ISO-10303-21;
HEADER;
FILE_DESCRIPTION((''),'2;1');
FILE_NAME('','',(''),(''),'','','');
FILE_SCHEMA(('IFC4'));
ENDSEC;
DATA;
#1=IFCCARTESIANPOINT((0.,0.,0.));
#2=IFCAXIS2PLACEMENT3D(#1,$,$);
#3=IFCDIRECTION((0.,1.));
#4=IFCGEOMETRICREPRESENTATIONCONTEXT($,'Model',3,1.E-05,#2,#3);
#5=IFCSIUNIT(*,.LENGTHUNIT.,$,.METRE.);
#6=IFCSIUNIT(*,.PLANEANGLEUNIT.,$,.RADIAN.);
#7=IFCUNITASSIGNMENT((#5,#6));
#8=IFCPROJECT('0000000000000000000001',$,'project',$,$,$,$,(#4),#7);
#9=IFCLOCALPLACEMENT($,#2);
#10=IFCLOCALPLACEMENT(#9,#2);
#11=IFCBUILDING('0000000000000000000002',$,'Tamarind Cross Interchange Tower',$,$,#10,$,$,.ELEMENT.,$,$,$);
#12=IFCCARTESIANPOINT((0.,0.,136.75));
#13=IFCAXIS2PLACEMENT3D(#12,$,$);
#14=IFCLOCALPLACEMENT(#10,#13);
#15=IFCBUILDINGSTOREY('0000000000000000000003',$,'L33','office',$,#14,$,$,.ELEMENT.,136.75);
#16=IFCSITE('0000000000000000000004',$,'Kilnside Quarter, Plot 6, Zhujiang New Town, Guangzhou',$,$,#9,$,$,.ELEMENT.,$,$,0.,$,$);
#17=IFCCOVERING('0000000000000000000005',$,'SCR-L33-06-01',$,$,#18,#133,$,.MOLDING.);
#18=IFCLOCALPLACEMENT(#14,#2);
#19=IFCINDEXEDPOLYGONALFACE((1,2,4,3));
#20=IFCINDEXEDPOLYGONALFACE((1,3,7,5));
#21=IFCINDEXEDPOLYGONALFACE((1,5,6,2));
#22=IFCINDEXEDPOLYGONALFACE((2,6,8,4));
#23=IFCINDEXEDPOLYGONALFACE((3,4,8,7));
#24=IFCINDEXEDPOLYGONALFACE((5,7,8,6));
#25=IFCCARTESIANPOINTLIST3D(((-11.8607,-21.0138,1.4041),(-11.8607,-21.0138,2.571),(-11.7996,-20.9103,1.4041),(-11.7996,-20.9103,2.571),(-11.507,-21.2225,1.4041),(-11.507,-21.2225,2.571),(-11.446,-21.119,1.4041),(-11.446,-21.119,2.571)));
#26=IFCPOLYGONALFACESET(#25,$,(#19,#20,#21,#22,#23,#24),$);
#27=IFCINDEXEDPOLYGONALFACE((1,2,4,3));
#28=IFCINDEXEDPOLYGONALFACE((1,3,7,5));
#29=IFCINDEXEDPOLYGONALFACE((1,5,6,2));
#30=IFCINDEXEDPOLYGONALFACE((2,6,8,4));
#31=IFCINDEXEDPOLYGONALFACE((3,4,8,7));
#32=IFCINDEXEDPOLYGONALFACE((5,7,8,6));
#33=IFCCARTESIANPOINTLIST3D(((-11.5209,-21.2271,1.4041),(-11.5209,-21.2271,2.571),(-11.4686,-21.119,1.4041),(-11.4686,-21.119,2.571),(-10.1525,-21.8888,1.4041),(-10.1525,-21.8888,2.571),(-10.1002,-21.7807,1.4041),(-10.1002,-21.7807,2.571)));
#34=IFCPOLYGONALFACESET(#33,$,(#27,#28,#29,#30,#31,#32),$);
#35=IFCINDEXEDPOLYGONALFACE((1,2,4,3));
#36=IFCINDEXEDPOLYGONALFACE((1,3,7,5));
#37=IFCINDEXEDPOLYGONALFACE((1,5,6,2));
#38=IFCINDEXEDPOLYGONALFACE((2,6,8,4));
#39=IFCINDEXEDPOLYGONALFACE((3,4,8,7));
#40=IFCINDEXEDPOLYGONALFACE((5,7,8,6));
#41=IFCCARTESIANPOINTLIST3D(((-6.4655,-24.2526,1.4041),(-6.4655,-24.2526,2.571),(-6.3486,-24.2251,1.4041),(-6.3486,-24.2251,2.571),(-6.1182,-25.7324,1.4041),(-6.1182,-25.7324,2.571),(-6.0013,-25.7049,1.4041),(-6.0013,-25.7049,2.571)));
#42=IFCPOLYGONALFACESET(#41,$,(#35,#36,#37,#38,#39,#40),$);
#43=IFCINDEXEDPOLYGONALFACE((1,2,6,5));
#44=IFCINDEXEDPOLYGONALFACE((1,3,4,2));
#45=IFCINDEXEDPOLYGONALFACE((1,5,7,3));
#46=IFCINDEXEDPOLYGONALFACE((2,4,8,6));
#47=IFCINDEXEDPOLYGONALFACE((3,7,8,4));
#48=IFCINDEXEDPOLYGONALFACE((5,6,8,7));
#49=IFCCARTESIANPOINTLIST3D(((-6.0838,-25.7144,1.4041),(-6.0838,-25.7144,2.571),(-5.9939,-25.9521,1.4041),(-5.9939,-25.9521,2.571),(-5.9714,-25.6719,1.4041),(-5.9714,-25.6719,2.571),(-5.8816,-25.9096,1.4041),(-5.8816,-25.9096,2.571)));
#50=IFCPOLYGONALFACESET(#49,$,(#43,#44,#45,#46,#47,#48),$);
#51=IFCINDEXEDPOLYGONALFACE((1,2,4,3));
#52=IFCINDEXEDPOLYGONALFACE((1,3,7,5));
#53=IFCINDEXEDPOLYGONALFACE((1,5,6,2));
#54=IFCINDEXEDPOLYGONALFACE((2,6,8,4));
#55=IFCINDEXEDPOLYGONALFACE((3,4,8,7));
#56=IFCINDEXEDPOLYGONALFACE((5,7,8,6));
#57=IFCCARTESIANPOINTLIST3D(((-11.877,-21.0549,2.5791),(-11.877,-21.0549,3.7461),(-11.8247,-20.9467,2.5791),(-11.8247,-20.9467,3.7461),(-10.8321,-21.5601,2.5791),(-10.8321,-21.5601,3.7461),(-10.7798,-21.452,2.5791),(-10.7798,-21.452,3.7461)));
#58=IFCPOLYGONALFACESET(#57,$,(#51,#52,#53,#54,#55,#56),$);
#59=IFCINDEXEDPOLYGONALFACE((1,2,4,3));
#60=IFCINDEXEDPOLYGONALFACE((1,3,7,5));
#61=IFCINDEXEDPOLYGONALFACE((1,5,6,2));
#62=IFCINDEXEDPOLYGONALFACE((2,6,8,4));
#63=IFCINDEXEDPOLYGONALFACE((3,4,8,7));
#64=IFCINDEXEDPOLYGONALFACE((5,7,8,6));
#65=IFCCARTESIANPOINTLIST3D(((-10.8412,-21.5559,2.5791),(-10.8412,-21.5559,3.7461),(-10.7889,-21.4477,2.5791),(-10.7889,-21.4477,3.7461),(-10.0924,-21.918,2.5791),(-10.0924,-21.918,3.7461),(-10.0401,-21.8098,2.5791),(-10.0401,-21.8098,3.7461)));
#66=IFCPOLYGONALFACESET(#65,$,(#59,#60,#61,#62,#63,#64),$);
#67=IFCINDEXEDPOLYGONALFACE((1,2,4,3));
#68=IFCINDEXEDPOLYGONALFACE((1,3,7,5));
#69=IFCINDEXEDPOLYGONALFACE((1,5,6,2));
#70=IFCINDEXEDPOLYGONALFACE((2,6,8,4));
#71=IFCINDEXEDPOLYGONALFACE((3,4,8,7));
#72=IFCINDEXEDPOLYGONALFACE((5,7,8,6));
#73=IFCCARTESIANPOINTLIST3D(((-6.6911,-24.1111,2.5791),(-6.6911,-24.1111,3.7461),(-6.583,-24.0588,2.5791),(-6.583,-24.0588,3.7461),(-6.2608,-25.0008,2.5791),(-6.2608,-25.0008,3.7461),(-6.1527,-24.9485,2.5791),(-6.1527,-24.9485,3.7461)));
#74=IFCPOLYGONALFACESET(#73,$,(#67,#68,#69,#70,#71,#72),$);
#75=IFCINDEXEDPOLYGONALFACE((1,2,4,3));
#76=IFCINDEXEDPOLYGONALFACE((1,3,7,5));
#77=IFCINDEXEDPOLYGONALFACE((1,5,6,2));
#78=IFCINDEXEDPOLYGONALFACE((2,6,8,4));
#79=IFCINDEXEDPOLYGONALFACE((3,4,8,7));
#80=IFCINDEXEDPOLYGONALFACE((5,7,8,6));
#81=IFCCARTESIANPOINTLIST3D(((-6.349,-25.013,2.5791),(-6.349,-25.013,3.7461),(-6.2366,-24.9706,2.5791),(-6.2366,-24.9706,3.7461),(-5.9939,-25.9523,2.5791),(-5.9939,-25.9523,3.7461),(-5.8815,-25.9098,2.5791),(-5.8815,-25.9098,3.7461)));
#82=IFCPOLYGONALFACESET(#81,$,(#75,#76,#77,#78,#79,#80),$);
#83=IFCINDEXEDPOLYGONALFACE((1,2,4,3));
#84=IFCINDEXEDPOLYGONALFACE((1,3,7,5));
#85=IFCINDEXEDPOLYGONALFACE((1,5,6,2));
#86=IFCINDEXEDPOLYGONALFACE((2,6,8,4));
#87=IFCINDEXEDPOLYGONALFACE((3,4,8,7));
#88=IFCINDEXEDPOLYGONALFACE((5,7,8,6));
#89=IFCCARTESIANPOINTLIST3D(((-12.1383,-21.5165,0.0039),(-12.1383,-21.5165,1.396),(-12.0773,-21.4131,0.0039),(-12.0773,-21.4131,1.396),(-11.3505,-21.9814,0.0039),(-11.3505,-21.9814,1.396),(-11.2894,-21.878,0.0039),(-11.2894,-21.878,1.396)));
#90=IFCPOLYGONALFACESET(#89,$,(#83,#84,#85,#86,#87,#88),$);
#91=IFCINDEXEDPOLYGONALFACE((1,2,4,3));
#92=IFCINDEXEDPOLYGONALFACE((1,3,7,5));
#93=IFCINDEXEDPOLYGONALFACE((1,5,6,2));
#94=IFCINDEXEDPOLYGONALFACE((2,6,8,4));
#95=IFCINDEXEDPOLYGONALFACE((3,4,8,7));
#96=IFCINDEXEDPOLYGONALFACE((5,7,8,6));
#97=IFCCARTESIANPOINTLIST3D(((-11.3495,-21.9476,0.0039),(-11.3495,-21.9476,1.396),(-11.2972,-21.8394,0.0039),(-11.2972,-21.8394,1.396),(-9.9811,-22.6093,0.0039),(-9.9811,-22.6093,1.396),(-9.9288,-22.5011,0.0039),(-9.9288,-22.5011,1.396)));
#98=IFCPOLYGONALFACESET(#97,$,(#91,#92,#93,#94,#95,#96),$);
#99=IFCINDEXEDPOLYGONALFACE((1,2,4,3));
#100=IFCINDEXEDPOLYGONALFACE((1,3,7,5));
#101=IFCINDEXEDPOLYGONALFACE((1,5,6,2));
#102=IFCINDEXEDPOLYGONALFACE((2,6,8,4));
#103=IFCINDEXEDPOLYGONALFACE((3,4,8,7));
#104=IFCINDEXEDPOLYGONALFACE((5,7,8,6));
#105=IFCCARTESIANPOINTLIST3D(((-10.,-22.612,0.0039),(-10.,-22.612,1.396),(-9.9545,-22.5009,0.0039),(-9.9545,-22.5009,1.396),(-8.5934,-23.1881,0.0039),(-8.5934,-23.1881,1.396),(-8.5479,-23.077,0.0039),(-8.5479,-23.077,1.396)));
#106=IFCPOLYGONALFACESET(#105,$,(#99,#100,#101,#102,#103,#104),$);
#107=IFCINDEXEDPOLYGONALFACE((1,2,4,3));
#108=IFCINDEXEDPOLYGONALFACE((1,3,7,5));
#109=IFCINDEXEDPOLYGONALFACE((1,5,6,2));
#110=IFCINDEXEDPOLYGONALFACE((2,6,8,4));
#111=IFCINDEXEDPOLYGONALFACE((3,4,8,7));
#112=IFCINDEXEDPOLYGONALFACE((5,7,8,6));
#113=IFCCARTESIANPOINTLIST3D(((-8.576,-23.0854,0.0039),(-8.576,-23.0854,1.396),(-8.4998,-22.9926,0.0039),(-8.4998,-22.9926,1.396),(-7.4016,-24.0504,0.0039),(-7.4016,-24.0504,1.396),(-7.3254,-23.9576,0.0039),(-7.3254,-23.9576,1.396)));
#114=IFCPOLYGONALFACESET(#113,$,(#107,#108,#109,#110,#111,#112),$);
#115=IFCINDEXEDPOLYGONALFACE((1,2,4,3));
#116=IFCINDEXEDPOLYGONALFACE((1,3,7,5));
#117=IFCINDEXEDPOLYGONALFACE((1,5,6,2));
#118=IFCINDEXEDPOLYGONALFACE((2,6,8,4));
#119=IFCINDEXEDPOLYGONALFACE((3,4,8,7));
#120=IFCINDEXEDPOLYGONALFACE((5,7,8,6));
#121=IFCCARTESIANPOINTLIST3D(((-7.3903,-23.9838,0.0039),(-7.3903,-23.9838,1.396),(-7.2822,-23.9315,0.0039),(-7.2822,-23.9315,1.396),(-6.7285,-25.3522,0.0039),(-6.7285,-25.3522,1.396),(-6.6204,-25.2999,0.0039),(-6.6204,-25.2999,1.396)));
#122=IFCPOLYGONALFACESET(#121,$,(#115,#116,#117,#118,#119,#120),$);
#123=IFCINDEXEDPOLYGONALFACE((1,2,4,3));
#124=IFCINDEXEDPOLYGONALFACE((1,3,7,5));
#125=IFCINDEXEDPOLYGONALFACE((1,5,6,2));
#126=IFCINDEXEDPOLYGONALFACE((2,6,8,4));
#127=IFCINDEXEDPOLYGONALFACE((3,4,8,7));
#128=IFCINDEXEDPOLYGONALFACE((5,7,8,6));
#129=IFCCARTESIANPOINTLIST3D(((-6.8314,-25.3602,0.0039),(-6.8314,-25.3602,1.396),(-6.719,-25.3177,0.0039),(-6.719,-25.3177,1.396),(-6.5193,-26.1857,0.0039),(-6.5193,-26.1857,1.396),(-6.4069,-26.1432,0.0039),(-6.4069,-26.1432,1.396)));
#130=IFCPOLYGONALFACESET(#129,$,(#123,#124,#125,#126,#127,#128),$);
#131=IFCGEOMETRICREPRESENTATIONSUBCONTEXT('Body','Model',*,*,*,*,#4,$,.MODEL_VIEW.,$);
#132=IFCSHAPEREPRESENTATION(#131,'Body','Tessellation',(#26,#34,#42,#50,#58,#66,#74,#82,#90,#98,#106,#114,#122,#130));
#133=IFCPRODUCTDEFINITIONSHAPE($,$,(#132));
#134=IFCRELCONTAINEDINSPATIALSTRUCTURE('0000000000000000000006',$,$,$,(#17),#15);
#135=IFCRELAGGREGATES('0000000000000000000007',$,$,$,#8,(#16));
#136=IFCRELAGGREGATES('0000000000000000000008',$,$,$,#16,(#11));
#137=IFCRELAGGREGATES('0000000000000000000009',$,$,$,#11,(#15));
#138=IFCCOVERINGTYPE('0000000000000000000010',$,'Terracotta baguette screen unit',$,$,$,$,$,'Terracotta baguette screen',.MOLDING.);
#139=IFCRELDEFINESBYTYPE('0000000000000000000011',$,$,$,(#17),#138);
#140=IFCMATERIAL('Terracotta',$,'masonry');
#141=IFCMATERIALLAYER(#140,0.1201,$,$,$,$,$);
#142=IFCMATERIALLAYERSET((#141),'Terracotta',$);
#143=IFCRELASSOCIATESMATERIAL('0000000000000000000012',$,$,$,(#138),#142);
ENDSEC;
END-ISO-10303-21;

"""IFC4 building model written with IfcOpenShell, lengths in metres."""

from ifc_helpers import new_model, si_unit, direction, frame, origin, origin_2d, place, context, subcontext, project, spatial, rectangle, extrude, material, layer, layer_set, type_object, element, save


model = new_model("IFC4")

# Units and contexts
model_context = context("Model", 3, precision=1e-05, world=origin(), true_north=direction((0.0, 1.0)))
body_context = subcontext(model_context, "Body", "Model", "MODEL_VIEW")
ifc_project = project(units=[si_unit("LENGTHUNIT", "METRE"), si_unit("PLANEANGLEUNIT", "RADIAN")], contexts=[model_context])

# Site, building, storey
site_placement = place(None, origin())
site = spatial("IfcSite", under=ifc_project, at=site_placement, Name="Kilnside Quarter, Plot 6, Zhujiang New Town, Guangzhou", CompositionType="ELEMENT", RefElevation=0.0)
building_placement = place(site_placement, origin())
building = spatial("IfcBuilding", under=site, at=building_placement, Name="Tamarind Cross Interchange Tower", CompositionType="ELEMENT")
storey_placement = place(building_placement, frame((0.0, 0.0, 136.75)))
storey = spatial("IfcBuildingStorey", under=building, at=storey_placement, Name="L33", Description="office", CompositionType="ELEMENT", Elevation=136.75)

# Covering
ifc_material_1 = material(Name="Terracotta", Category="masonry")
ifc_layer_1 = layer(ifc_material_1, 0.1201)
ifc_layer_set_1 = layer_set([ifc_layer_1], Name="Terracotta")
covering_type = type_object("IfcCoveringType", Name="Terracotta baguette screen unit", ElementType="Terracotta baguette screen", PredefinedType="MOLDING", material=ifc_layer_set_1)
covering_1_placement = place(storey_placement, origin())
element("IfcCovering", 1, at=covering_1_placement, inside=storey, type_object=covering_type, Name="SCR-L33-06-01", PredefinedType="MOLDING", context=body_context, shape_type="SweptSolid", body=[
    extrude(rectangle(XDim=0.4106, YDim=0.1201, at=origin_2d()), frame((-11.6533, -21.0664, 1.4041), z_axis=(0.0, 0.0, 1.0), x_axis=(0.861249, -0.508183, 0.0)), (0.0, 0.0, 1.0), 1.167),
    extrude(rectangle(XDim=1.52, YDim=0.1201, at=origin_2d()), frame((-10.8105, -21.5039, 1.4041), z_axis=(0.0, 0.0, 1.0), x_axis=(0.900273, -0.435326, 0.0)), (0.0, 0.0, 1.0), 1.167),
    extrude(rectangle(XDim=1.52, YDim=0.1201, at=origin_2d()), frame((-6.2334, -24.9788, 1.4041), z_axis=(0.0, 0.0, 1.0), x_axis=(0.228514, -0.973541, 0.0)), (0.0, 0.0, 1.0), 1.167),
    extrude(rectangle(XDim=0.2542, YDim=0.1201, at=origin_2d()), frame((-5.9827, -25.812, 1.4041), z_axis=(0.0, 0.0, 1.0), x_axis=(0.353632, -0.935385, 0.0)), (0.0, 0.0, 1.0), 1.167),
    extrude(rectangle(XDim=1.1606, YDim=0.1201, at=origin_2d()), frame((-11.3284, -21.2534, 2.5791), z_axis=(0.0, 0.0, 1.0), x_axis=(0.900273, -0.435326, 0.0)), (0.0, 0.0, 1.0), 1.167),
    extrude(rectangle(XDim=0.8318, YDim=0.1201, at=origin_2d()), frame((-10.4407, -21.6829, 2.5791), z_axis=(0.0, 0.0, 1.0), x_axis=(0.900273, -0.435326, 0.0)), (0.0, 0.0, 1.0), 1.167),
    extrude(rectangle(XDim=0.9883, YDim=0.1201, at=origin_2d()), frame((-6.4219, -24.5298, 2.5791), z_axis=(0.0, 0.0, 1.0), x_axis=(0.435398, -0.900238, 0.0)), (0.0, 0.0, 1.0), 1.167),
    extrude(rectangle(XDim=1.0042, YDim=0.1201, at=origin_2d()), frame((-6.1152, -25.4614, 2.5791), z_axis=(0.0, 0.0, 1.0), x_axis=(0.353632, -0.935385, 0.0)), (0.0, 0.0, 1.0), 1.167),
    extrude(rectangle(XDim=0.9148, YDim=0.1201, at=origin_2d()), frame((-11.7139, -21.6973, 0.0039), z_axis=(0.0, 0.0, 1.0), x_axis=(0.861249, -0.508183, 0.0)), (0.0, 0.0, 1.0), 1.3921),
    extrude(rectangle(XDim=1.52, YDim=0.1201, at=origin_2d()), frame((-10.6392, -22.2244, 0.0039), z_axis=(0.0, 0.0, 1.0), x_axis=(0.900273, -0.435326, 0.0)), (0.0, 0.0, 1.0), 1.3921),
    extrude(rectangle(XDim=1.52, YDim=0.1201, at=origin_2d()), frame((-9.2739, -22.8445, 0.0039), z_axis=(0.0, 0.0, 1.0), x_axis=(0.925394, -0.379006, 0.0)), (0.0, 0.0, 1.0), 1.3921),
    extrude(rectangle(XDim=1.52, YDim=0.1201, at=origin_2d()), frame((-7.9507, -23.5215, 0.0039), z_axis=(0.0, 0.0, 1.0), x_axis=(0.772624, -0.634864, 0.0)), (0.0, 0.0, 1.0), 1.3921),
    extrude(rectangle(XDim=1.52, YDim=0.1201, at=origin_2d()), frame((-7.0054, -24.6418, 0.0039), z_axis=(0.0, 0.0, 1.0), x_axis=(0.435398, -0.900238, 0.0)), (0.0, 0.0, 1.0), 1.3921),
    extrude(rectangle(XDim=0.8826, YDim=0.1201, at=origin_2d()), frame((-6.6191, -25.7517, 0.0039), z_axis=(0.0, 0.0, 1.0), x_axis=(0.353632, -0.935385, 0.0)), (0.0, 0.0, 1.0), 1.3921),
])

save(model, "model.ifc")
